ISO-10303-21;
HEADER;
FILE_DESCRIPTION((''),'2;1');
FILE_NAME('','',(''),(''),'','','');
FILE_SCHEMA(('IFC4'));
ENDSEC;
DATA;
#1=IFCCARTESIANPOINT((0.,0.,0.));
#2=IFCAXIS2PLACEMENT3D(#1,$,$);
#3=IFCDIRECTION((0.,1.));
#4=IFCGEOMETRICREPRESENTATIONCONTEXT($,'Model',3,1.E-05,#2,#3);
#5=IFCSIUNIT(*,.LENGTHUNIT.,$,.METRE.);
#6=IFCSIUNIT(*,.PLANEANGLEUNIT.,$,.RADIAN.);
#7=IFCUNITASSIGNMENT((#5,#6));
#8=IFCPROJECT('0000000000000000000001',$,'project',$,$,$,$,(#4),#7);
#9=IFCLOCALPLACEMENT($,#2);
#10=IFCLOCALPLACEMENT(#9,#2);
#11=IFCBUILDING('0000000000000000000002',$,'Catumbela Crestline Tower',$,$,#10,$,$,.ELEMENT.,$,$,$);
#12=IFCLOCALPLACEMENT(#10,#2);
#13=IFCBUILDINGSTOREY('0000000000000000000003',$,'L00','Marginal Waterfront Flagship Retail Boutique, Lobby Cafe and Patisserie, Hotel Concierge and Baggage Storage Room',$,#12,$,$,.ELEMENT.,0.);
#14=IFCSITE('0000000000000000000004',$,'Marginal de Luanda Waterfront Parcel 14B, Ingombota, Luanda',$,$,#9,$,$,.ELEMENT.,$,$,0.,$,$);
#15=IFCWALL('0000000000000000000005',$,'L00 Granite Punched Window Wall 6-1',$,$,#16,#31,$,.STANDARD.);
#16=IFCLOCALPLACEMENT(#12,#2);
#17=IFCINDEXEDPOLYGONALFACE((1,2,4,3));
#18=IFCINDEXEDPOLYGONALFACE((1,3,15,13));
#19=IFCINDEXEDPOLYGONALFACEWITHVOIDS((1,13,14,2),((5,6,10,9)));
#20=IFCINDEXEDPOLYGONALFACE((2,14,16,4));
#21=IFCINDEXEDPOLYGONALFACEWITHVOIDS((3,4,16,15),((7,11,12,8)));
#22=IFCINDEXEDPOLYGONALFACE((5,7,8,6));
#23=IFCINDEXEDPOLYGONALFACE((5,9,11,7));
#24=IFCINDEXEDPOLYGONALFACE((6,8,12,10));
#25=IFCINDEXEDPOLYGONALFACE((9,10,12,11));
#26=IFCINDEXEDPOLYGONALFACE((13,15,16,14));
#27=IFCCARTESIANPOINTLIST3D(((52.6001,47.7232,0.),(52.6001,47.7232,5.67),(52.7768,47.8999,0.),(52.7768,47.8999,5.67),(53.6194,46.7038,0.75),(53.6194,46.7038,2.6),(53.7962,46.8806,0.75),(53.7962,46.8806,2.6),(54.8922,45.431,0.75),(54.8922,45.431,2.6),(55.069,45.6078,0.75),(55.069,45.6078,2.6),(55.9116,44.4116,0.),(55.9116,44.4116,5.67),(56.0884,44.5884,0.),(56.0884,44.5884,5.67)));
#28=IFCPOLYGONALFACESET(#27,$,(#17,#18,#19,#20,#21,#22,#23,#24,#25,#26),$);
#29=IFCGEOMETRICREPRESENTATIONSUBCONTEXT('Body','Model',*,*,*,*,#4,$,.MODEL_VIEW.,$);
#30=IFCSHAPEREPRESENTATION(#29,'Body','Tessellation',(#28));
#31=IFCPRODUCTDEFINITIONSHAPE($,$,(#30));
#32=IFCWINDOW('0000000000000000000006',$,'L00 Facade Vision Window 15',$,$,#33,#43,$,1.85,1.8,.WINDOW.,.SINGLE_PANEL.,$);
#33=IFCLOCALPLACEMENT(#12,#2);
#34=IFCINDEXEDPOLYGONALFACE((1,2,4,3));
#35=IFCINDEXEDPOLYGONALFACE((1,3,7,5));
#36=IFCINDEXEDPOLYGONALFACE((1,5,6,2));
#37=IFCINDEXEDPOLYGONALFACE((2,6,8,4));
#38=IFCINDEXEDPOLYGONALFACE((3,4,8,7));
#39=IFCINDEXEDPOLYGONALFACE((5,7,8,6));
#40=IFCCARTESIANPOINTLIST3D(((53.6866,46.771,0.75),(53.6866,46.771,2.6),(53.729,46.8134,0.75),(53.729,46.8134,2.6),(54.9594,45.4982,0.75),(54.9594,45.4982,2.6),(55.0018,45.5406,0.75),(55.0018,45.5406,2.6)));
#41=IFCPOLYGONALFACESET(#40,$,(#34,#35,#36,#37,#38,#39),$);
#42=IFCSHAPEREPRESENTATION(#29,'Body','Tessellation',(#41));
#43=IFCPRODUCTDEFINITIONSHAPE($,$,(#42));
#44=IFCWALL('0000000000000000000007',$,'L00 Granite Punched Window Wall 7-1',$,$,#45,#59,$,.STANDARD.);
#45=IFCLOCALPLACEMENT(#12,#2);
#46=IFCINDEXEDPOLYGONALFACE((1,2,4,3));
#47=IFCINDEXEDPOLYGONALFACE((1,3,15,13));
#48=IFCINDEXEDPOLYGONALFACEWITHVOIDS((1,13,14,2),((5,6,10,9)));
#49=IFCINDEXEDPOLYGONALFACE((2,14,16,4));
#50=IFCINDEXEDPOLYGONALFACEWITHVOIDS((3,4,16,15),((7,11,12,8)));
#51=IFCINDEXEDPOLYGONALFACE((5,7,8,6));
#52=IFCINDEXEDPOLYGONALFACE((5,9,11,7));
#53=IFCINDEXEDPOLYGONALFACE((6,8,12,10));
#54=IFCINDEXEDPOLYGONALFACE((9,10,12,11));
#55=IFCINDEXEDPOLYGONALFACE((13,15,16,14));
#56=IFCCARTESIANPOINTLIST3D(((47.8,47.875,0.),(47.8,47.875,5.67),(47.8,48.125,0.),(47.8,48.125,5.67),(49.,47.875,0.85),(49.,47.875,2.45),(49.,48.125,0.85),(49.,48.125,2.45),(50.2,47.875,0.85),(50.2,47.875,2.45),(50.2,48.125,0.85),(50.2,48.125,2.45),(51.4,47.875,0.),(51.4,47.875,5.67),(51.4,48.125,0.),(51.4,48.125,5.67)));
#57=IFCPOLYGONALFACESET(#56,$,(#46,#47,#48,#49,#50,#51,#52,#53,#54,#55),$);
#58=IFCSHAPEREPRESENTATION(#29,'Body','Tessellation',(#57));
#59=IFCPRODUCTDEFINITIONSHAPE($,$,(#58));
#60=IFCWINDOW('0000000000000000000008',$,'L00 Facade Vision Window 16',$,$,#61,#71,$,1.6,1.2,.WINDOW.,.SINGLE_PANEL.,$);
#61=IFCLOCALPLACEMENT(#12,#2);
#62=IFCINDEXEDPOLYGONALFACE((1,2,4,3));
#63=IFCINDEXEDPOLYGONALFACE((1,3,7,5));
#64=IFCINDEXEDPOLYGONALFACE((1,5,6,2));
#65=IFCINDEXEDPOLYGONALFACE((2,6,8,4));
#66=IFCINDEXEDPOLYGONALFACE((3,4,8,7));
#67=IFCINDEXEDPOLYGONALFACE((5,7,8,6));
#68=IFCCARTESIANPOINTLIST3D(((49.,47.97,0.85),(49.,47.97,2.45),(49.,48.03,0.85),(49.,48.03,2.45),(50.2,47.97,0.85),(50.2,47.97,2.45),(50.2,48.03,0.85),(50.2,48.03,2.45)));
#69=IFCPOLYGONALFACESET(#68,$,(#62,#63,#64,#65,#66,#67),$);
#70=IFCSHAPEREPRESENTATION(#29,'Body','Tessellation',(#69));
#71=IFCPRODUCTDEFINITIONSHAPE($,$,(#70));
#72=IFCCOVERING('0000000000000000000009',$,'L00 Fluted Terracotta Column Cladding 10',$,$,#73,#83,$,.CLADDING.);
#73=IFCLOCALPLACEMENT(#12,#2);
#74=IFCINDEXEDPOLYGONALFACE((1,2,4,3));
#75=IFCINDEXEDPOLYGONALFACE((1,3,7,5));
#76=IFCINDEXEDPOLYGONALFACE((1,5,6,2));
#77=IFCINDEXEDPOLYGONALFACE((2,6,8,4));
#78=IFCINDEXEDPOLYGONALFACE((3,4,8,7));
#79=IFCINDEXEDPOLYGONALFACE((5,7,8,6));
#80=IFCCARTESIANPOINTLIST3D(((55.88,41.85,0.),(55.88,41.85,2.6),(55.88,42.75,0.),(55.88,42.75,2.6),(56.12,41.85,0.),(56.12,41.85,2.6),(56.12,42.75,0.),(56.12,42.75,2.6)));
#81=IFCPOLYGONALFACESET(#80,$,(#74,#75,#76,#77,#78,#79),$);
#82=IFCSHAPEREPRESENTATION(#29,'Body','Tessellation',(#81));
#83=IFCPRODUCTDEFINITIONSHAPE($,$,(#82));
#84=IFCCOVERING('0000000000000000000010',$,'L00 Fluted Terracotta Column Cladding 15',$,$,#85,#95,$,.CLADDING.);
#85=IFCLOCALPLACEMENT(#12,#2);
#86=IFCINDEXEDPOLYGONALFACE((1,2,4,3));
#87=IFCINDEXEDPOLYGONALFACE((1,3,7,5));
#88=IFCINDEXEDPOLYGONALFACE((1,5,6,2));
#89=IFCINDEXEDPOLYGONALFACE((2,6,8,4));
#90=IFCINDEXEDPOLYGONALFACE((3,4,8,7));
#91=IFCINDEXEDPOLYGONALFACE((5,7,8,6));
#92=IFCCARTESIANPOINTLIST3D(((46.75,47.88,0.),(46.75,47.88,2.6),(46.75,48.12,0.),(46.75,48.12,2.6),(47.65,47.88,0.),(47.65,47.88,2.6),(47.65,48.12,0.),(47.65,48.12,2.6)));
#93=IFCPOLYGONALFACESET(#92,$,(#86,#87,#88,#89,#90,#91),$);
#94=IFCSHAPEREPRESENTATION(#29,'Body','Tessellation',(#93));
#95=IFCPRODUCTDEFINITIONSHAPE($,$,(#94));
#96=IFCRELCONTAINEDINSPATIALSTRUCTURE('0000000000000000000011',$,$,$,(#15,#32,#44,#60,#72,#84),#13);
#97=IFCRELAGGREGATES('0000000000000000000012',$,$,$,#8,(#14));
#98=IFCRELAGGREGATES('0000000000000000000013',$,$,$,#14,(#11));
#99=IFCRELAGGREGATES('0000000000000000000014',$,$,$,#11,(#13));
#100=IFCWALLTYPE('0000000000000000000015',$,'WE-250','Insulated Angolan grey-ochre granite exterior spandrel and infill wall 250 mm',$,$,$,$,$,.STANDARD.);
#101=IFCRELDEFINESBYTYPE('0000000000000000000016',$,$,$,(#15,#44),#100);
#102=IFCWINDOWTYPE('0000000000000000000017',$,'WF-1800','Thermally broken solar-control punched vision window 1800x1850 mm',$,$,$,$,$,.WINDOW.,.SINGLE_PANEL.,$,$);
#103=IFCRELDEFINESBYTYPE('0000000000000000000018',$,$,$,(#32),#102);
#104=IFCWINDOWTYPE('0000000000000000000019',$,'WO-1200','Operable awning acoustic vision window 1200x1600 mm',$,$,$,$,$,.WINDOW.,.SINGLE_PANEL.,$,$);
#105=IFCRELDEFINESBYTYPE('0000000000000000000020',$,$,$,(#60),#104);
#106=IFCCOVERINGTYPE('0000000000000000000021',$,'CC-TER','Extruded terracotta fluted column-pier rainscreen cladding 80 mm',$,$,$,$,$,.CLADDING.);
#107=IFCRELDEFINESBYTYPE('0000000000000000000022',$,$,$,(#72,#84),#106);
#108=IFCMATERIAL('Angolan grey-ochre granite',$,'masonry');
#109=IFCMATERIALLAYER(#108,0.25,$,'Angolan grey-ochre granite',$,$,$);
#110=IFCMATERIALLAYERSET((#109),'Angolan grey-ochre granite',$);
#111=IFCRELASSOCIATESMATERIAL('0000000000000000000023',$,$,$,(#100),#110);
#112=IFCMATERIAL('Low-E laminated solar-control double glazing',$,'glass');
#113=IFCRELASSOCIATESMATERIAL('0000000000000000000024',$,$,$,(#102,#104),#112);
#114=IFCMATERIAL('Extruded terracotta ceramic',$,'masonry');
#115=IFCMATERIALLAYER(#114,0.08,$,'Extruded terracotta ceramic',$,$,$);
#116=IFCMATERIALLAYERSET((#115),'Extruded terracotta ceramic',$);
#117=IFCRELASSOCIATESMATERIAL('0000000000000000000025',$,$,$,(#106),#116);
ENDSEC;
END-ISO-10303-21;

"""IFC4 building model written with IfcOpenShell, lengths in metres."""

from ifc_helpers import new_model, si_unit, direction, frame, frame_2d, origin, origin_2d, place, context, subcontext, project, spatial, rectangle, extrude, material, layer, layer_set, type_object, element, fill, save


model = new_model("IFC4")

# Units and contexts
model_context = context("Model", 3, precision=1e-05, world=origin(), true_north=direction((0.0, 1.0)))
body_context = subcontext(model_context, "Body", "Model", "MODEL_VIEW")
ifc_project = project(units=[si_unit("LENGTHUNIT", "METRE"), si_unit("PLANEANGLEUNIT", "RADIAN")], contexts=[model_context])

# Site, building, storey
site_placement = place(None, origin())
site = spatial("IfcSite", under=ifc_project, at=site_placement, Name="Marginal de Luanda Waterfront Parcel 14B, Ingombota, Luanda", CompositionType="ELEMENT", RefElevation=0.0)
building_placement = place(site_placement, origin())
building = spatial("IfcBuilding", under=site, at=building_placement, Name="Catumbela Crestline Tower", CompositionType="ELEMENT")
storey_placement = place(building_placement, origin())
storey = spatial("IfcBuildingStorey", under=building, at=storey_placement, Name="L00", Description="Marginal Waterfront Flagship Retail Boutique, Lobby Cafe and Patisserie, Hotel Concierge and Baggage Storage Room", CompositionType="ELEMENT", Elevation=0.0)

# Shared definitions
ifc_material_1 = material(Name="Low-E laminated solar-control double glazing", Category="glass")

# Walls, openings, windows
ifc_material_2 = material(Name="Angolan grey-ochre granite", Category="masonry")
ifc_layer_1 = layer(ifc_material_2, 0.25, Name="Angolan grey-ochre granite")
ifc_layer_set_1 = layer_set([ifc_layer_1], Name="Angolan grey-ochre granite")
wall_type_1 = type_object("IfcWallType", Name="WE-250", Description="Insulated Angolan grey-ochre granite exterior spandrel and infill wall 250 mm", PredefinedType="STANDARD", material=ifc_layer_set_1)
wall_1_placement = place(storey_placement, frame((56.0, 44.5, 0.0), z_axis=(0.0, 0.0, 1.0), x_axis=(-0.707107, 0.707107, 0.0)))
wall_1 = element("IfcWall", 1, at=wall_1_placement, inside=storey, type_object=wall_type_1, Name="L00 Granite Punched Window Wall 6-1", PredefinedType="STANDARD", context=body_context, shape_type="SweptSolid", body=[
    extrude(rectangle(XDim=4.6833, YDim=0.25, at=frame_2d((2.3416, 0.0))), origin(), (0.0, 0.0, 1.0), 5.67),
])
opening_1_placement = place(wall_1_placement, frame((1.4417, 0.0, 0.75)))
opening_1 = element("IfcOpeningElement", 2, at=opening_1_placement, cuts=wall_1, PredefinedType="OPENING", context=body_context, shape_type="SweptSolid", body=[
    extrude(rectangle(XDim=1.8, YDim=1.85, at=frame_2d((0.9, 0.925))), frame((0.0, 0.135, 0.0), z_axis=(0.0, -1.0, 0.0), x_axis=(1.0, 0.0, 0.0)), (0.0, 0.0, 1.0), 0.27),
])
window_type_1 = type_object("IfcWindowType", Name="WF-1800", Description="Thermally broken solar-control punched vision window 1800x1850 mm", PartitioningType="SINGLE_PANEL", PredefinedType="WINDOW", material=ifc_material_1)
window_1_placement = place(opening_1_placement, origin())
window_1 = element("IfcWindow", 3, at=window_1_placement, inside=storey, type_object=window_type_1, Name="L00 Facade Vision Window 15", OverallHeight=1.85, OverallWidth=1.8, PartitioningType="SINGLE_PANEL", PredefinedType="WINDOW", context=body_context, shape_type="SweptSolid", body=[
    extrude(rectangle(XDim=1.8, YDim=1.85, at=frame_2d((0.9, 0.925))), frame((0.0, 0.03, 0.0), z_axis=(0.0, -1.0, 0.0), x_axis=(1.0, 0.0, 0.0)), (0.0, 0.0, 1.0), 0.06),
])
fill(opening_1, window_1)
wall_2_placement = place(storey_placement, frame((51.4, 48.0, 0.0), z_axis=(0.0, 0.0, 1.0), x_axis=(-1.0, 0.0, 0.0)))
wall_2 = element("IfcWall", 4, at=wall_2_placement, inside=storey, type_object=wall_type_1, Name="L00 Granite Punched Window Wall 7-1", PredefinedType="STANDARD", context=body_context, shape_type="SweptSolid", body=[
    extrude(rectangle(XDim=3.6, YDim=0.25, at=frame_2d((1.8, 0.0))), origin(), (0.0, 0.0, 1.0), 5.67),
])
opening_2_placement = place(wall_2_placement, frame((1.2, 0.0, 0.85)))
opening_2 = element("IfcOpeningElement", 5, at=opening_2_placement, cuts=wall_2, PredefinedType="OPENING", context=body_context, shape_type="SweptSolid", body=[
    extrude(rectangle(XDim=1.2, YDim=1.6, at=frame_2d((0.6, 0.8))), frame((0.0, 0.135, 0.0), z_axis=(0.0, -1.0, 0.0), x_axis=(1.0, 0.0, 0.0)), (0.0, 0.0, 1.0), 0.27),
])
window_type_2 = type_object("IfcWindowType", Name="WO-1200", Description="Operable awning acoustic vision window 1200x1600 mm", PartitioningType="SINGLE_PANEL", PredefinedType="WINDOW", material=ifc_material_1)
window_2_placement = place(opening_2_placement, origin())
window_2 = element("IfcWindow", 6, at=window_2_placement, inside=storey, type_object=window_type_2, Name="L00 Facade Vision Window 16", OverallHeight=1.6, OverallWidth=1.2, PartitioningType="SINGLE_PANEL", PredefinedType="WINDOW", context=body_context, shape_type="SweptSolid", body=[
    extrude(rectangle(XDim=1.2, YDim=1.6, at=frame_2d((0.6, 0.8))), frame((0.0, 0.03, 0.0), z_axis=(0.0, -1.0, 0.0), x_axis=(1.0, 0.0, 0.0)), (0.0, 0.0, 1.0), 0.06),
])
fill(opening_2, window_2)

# Coverings
ifc_material_3 = material(Name="Extruded terracotta ceramic", Category="masonry")
ifc_layer_2 = layer(ifc_material_3, 0.08, Name="Extruded terracotta ceramic")
ifc_layer_set_2 = layer_set([ifc_layer_2], Name="Extruded terracotta ceramic")
covering_type = type_object("IfcCoveringType", Name="CC-TER", Description="Extruded terracotta fluted column-pier rainscreen cladding 80 mm", PredefinedType="CLADDING", material=ifc_layer_set_2)
for number, where, z_axis, x_axis, name in (
    (7, (56.0, 42.3, 0.0), (0.0, 0.0, 1.0), (0.0, 1.0, 0.0), "L00 Fluted Terracotta Column Cladding 10"),
    (8, (47.2, 48.0, 0.0), (0.0, 0.0, 1.0), (-1.0, 0.0, 0.0), "L00 Fluted Terracotta Column Cladding 15"),
):
    element("IfcCovering", number, at=place(storey_placement, frame(where, z_axis=z_axis, x_axis=x_axis)), inside=storey, type_object=covering_type, Name=name, PredefinedType="CLADDING", context=body_context, shape_type="SweptSolid", body=[
        extrude(rectangle(XDim=0.9, YDim=0.24, at=origin_2d()), origin(), (0.0, 0.0, 1.0), 2.6),
    ])

save(model, "model.ifc")
